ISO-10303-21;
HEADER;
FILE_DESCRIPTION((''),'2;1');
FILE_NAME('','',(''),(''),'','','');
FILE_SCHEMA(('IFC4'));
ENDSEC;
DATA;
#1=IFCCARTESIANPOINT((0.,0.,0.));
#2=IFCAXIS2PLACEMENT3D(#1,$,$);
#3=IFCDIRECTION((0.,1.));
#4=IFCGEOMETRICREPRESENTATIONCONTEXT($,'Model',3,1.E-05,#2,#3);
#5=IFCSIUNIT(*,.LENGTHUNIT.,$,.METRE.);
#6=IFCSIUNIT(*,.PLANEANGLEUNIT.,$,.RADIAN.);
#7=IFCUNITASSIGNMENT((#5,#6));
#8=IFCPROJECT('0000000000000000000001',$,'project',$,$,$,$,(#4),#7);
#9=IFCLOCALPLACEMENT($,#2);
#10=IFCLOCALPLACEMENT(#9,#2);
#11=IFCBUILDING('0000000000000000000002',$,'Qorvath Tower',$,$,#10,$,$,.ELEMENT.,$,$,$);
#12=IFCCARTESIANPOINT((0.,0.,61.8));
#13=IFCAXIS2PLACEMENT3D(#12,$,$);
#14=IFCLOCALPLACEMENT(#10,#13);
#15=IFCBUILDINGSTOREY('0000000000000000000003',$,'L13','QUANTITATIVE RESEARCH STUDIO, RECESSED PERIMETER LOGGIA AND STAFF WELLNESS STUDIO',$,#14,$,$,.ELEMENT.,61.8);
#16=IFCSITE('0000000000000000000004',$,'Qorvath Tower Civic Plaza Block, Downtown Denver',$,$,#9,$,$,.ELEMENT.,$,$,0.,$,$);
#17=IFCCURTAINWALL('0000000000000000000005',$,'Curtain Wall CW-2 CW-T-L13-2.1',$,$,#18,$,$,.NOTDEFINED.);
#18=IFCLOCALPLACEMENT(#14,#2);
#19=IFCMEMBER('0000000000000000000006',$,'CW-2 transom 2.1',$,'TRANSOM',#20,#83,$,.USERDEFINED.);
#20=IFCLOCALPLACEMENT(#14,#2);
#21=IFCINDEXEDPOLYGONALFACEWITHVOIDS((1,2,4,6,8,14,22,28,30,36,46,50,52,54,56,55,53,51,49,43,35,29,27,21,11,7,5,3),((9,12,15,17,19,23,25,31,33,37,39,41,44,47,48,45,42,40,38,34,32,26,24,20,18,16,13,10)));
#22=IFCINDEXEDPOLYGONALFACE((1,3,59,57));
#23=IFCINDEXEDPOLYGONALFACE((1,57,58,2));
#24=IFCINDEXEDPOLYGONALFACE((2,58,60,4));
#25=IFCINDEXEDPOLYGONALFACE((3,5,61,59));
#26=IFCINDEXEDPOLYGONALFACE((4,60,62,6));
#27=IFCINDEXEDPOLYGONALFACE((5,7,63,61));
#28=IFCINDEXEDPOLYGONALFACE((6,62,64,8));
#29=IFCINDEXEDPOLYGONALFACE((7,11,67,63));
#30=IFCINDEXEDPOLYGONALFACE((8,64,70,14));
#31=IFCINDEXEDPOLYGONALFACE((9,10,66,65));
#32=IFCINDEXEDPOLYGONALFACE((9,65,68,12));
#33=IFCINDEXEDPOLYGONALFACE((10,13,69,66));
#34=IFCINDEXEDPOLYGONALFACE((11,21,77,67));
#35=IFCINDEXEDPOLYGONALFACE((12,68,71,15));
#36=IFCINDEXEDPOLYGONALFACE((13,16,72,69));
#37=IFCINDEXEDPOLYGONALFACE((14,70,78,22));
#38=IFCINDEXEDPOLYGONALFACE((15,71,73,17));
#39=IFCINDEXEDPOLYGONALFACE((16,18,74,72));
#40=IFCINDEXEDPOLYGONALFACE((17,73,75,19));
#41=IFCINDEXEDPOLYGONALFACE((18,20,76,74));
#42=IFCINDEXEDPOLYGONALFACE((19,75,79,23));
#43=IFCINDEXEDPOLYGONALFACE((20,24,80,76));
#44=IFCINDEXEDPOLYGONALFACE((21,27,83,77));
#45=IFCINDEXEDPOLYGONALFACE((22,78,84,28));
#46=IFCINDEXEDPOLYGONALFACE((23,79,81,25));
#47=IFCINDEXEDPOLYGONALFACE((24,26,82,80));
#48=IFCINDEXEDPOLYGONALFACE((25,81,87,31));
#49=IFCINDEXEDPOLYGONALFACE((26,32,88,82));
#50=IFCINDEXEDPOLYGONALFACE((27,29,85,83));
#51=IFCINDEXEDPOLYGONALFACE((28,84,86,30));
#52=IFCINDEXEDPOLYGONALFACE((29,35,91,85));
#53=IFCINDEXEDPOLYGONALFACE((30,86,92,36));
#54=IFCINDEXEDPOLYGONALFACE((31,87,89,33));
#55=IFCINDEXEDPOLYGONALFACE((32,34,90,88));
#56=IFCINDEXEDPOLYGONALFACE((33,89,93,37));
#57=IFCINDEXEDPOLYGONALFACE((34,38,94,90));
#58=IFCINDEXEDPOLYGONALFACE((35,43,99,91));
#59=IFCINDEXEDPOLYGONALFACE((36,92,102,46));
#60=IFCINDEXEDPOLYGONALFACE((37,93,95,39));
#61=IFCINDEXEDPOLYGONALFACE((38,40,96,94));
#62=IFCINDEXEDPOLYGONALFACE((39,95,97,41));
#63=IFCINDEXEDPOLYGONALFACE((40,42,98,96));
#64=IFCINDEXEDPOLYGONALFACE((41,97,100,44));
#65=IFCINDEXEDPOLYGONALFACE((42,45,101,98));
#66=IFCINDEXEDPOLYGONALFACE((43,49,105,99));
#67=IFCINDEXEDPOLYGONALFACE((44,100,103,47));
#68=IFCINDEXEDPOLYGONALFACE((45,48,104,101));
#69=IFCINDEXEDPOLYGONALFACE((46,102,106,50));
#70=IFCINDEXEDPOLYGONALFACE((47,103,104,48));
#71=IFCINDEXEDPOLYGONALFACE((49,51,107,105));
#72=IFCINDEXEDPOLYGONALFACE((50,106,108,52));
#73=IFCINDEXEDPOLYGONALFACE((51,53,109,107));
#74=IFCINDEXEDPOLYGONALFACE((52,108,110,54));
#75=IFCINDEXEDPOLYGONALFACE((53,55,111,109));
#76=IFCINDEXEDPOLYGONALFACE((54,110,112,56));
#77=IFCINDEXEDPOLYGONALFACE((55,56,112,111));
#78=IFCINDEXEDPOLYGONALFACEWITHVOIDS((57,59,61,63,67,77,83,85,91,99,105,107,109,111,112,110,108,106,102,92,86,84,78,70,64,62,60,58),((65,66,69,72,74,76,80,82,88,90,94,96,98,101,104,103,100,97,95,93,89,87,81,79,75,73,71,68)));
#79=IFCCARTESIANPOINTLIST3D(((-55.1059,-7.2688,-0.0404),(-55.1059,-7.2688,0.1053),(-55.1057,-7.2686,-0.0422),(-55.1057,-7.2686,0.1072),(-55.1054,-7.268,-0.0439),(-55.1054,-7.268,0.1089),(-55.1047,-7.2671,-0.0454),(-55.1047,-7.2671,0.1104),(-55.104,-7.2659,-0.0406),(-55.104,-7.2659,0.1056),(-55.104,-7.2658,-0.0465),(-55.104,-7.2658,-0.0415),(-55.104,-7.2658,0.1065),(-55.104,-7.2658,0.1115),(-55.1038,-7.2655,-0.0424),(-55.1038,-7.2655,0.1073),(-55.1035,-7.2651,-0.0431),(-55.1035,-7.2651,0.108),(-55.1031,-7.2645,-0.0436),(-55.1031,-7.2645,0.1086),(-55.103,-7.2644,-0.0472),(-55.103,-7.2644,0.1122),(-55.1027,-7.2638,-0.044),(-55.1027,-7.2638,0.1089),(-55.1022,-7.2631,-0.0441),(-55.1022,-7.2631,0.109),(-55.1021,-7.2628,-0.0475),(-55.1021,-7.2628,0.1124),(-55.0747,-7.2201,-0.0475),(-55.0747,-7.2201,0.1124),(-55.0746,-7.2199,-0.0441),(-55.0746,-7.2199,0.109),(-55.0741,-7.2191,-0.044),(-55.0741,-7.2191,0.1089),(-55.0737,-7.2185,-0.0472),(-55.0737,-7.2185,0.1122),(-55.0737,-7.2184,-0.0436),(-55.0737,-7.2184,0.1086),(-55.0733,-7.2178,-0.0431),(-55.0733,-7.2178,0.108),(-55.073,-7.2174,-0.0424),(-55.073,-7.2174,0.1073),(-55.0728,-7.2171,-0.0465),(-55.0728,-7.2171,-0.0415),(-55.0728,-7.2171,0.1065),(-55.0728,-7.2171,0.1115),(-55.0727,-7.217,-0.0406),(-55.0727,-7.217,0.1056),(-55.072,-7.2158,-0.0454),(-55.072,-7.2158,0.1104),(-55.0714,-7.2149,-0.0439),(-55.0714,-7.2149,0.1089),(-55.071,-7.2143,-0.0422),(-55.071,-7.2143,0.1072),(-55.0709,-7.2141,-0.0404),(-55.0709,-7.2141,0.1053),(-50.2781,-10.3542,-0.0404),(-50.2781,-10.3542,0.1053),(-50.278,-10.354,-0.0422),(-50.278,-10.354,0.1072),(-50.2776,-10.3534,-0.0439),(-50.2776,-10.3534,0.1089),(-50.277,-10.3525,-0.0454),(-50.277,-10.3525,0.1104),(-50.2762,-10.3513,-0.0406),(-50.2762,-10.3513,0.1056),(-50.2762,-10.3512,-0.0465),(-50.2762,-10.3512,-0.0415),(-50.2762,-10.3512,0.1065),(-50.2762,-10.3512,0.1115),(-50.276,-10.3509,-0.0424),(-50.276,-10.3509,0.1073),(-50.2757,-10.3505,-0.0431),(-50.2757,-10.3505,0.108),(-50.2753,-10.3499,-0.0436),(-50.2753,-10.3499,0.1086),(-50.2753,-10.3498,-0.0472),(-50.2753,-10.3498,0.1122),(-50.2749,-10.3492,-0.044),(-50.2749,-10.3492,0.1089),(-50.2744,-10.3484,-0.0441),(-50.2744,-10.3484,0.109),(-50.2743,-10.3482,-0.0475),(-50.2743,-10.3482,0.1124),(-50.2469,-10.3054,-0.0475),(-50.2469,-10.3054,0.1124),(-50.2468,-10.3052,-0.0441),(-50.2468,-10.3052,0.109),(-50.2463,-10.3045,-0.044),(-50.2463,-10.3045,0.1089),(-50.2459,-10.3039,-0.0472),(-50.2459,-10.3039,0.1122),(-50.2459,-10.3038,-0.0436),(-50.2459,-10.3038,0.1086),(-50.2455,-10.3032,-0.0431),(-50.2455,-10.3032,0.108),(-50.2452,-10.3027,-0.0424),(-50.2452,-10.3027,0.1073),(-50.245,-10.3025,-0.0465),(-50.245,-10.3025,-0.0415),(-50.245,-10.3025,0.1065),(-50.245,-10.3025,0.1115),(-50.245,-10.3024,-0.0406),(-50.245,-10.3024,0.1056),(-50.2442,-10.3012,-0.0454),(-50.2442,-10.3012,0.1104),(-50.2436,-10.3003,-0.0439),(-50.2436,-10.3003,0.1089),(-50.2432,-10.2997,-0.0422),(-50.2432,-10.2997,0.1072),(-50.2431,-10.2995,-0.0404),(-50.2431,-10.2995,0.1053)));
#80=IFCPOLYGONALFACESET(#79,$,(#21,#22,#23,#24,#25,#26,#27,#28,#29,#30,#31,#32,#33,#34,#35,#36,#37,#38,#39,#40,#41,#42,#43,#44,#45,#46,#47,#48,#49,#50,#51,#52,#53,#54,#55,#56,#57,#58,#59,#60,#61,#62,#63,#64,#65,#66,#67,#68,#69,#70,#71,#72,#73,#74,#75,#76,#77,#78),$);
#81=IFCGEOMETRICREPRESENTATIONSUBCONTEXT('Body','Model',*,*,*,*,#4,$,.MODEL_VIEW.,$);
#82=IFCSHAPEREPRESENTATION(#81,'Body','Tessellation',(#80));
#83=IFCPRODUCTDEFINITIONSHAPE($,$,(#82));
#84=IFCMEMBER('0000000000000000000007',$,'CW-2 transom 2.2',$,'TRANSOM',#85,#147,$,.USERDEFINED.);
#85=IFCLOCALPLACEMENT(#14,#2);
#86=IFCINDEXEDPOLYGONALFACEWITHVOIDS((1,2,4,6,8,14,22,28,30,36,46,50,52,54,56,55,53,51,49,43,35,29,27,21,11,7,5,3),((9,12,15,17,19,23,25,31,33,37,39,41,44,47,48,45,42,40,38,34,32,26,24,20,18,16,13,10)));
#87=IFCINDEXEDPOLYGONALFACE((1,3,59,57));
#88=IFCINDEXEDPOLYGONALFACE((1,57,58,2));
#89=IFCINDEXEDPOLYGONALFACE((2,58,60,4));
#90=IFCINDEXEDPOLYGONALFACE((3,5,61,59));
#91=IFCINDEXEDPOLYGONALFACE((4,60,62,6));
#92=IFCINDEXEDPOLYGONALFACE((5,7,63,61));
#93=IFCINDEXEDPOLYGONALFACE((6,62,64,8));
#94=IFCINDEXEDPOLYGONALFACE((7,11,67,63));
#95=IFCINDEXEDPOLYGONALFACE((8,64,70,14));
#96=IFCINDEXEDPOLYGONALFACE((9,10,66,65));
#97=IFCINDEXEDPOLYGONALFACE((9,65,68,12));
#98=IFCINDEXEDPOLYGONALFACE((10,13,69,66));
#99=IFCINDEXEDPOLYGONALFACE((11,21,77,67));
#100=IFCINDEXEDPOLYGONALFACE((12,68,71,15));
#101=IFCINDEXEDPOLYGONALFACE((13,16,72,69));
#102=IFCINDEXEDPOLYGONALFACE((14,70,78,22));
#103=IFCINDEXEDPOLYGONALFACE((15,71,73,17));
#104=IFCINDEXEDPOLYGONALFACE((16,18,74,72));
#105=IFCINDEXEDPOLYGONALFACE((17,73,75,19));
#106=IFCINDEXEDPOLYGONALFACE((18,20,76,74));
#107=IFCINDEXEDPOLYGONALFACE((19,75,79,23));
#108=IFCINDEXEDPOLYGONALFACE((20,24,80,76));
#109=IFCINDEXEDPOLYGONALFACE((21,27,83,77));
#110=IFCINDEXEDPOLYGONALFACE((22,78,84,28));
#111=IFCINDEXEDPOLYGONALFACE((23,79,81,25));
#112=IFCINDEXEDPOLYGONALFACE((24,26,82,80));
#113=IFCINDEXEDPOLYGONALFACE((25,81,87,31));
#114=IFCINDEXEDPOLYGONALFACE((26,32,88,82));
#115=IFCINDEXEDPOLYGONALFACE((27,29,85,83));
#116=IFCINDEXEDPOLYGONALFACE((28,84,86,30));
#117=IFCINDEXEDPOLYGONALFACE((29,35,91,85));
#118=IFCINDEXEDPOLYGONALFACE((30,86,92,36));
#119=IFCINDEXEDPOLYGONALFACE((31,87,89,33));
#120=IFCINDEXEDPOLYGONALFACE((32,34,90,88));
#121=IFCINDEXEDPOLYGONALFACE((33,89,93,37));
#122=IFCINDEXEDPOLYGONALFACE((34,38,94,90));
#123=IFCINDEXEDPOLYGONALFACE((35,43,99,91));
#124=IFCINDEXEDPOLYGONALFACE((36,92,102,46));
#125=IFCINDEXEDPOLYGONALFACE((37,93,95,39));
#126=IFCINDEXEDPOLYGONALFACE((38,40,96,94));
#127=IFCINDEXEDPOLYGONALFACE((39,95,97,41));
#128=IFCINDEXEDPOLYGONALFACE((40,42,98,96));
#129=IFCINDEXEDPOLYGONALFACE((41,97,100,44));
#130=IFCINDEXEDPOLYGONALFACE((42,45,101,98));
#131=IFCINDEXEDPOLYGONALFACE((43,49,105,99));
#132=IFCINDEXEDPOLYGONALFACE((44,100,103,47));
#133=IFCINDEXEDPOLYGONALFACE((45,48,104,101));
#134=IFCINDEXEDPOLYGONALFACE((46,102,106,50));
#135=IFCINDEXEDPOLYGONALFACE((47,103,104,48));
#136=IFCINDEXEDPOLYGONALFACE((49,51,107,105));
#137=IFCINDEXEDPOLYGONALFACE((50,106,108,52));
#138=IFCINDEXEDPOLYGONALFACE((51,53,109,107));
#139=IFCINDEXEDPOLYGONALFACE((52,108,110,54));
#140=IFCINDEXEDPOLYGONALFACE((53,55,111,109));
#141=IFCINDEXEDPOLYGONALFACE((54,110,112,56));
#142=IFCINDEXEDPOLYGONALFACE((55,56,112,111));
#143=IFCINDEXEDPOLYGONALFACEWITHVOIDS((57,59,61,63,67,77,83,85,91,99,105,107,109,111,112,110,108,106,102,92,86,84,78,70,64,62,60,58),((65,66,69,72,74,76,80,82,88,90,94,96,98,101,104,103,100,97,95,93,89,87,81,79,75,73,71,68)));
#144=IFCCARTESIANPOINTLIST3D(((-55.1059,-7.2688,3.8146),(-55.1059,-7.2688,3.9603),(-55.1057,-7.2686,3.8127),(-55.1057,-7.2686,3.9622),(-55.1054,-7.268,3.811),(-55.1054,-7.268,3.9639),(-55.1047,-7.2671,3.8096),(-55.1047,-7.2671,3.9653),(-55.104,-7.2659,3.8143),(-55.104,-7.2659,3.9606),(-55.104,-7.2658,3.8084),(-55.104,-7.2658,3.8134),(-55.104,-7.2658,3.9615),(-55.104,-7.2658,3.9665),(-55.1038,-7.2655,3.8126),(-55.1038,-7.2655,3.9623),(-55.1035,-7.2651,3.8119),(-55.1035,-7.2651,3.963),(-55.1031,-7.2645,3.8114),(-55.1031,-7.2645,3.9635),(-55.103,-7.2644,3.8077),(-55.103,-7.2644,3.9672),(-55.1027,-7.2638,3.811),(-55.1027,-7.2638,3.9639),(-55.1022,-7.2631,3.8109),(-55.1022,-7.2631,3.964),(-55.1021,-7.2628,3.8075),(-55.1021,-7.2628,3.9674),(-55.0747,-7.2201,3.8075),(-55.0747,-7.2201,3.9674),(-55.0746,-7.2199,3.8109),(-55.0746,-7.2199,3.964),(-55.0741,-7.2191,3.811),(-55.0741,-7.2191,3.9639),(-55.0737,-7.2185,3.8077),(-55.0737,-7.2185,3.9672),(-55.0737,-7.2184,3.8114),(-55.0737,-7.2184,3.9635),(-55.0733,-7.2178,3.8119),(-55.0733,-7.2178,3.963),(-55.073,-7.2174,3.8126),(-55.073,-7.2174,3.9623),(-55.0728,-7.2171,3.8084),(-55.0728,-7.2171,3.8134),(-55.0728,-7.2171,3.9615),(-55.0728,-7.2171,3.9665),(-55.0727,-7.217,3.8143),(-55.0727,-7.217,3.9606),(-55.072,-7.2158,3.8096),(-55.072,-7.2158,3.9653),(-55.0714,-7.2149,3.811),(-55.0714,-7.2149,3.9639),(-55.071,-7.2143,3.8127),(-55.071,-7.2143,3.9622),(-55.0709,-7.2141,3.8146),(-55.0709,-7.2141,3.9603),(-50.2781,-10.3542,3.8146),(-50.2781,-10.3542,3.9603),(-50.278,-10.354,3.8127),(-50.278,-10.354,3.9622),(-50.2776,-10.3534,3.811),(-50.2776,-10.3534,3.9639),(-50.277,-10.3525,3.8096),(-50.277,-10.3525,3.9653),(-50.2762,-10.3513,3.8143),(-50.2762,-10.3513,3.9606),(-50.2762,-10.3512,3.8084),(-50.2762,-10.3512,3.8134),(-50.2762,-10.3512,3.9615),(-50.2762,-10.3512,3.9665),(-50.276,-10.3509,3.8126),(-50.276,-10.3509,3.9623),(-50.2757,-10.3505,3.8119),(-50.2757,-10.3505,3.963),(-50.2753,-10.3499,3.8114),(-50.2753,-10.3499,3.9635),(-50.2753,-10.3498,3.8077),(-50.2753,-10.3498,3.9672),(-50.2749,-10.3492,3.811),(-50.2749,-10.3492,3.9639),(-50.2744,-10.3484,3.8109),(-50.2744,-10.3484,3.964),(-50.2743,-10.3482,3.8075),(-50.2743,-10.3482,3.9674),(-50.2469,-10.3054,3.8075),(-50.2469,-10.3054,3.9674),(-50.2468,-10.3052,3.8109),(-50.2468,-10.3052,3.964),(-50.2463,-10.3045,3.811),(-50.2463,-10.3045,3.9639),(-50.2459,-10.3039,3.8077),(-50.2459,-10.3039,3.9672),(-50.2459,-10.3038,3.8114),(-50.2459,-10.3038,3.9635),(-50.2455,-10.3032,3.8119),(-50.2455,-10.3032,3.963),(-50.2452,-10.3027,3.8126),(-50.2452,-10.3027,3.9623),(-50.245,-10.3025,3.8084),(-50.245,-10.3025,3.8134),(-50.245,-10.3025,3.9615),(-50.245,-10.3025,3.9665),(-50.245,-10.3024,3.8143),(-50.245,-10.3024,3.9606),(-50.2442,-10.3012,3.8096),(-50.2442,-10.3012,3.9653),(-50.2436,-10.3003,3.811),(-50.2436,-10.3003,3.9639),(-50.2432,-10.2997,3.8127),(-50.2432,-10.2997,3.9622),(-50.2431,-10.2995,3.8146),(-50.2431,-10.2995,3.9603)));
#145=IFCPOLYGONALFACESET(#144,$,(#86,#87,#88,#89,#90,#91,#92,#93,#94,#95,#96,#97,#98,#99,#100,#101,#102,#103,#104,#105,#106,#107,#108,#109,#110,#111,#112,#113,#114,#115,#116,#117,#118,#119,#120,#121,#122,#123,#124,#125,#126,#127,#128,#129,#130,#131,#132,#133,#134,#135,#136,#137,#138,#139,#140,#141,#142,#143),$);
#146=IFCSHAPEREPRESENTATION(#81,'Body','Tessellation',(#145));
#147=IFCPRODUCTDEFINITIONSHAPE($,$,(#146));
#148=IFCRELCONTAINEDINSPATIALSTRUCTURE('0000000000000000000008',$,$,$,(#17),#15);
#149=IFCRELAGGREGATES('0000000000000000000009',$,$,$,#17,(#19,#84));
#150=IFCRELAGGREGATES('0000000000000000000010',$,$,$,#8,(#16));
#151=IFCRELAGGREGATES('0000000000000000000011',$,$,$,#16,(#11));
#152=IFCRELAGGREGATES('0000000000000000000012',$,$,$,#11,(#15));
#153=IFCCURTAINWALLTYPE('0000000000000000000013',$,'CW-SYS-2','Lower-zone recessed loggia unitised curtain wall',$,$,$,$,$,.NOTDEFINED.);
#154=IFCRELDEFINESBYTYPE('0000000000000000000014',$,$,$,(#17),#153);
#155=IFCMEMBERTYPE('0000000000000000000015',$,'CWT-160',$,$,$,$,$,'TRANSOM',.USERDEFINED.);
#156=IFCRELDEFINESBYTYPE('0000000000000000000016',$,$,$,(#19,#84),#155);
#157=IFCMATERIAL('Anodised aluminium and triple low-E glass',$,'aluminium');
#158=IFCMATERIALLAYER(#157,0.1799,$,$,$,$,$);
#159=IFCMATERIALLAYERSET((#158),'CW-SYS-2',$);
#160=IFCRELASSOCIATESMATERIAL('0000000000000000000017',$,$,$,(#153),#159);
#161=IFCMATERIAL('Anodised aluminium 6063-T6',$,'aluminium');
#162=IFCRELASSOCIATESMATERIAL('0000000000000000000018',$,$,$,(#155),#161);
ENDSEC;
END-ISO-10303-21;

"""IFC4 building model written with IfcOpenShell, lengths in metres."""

from ifc_helpers import new_model, si_unit, direction, frame, origin, origin_2d, place, context, subcontext, project, spatial, hollow_rectangle, extrude, material, layer, layer_set, material_profile, profile_set, type_object, element, aggregate, save


model = new_model("IFC4")

# Units and contexts
model_context = context("Model", 3, precision=1e-05, world=origin(), true_north=direction((0.0, 1.0)))
body_context = subcontext(model_context, "Body", "Model", "MODEL_VIEW")
ifc_project = project(units=[si_unit("LENGTHUNIT", "METRE"), si_unit("PLANEANGLEUNIT", "RADIAN")], contexts=[model_context])

# Site, building, storey
site_placement = place(None, origin())
site = spatial("IfcSite", under=ifc_project, at=site_placement, Name="Qorvath Tower Civic Plaza Block, Downtown Denver", CompositionType="ELEMENT", RefElevation=0.0)
building_placement = place(site_placement, origin())
building = spatial("IfcBuilding", under=site, at=building_placement, Name="Qorvath Tower", CompositionType="ELEMENT")
storey_placement = place(building_placement, frame((0.0, 0.0, 61.8)))
storey = spatial("IfcBuildingStorey", under=building, at=storey_placement, Name="L13", Description="QUANTITATIVE RESEARCH STUDIO, RECESSED PERIMETER LOGGIA AND STAFF WELLNESS STUDIO", CompositionType="ELEMENT", Elevation=61.8)

# Curtain wall, members
ifc_material_1 = material(Name="Anodised aluminium and triple low-E glass", Category="aluminium")
ifc_layer_1 = layer(ifc_material_1, 0.1799)
ifc_layer_set_1 = layer_set([ifc_layer_1], Name="CW-SYS-2")
curtain_wall_type = type_object("IfcCurtainWallType", Name="CW-SYS-2", Description="Lower-zone recessed loggia unitised curtain wall", PredefinedType="NOTDEFINED", material=ifc_layer_set_1)
curtain_wall_placement = place(storey_placement, origin())
curtain_wall = element("IfcCurtainWall", 1, at=curtain_wall_placement, inside=storey, type_object=curtain_wall_type, Name="Curtain Wall CW-2 CW-T-L13-2.1", PredefinedType="NOTDEFINED")
ifc_material_2 = material(Name="Anodised aluminium 6063-T6", Category="aluminium")
ifc_material_profile_1 = material_profile(ifc_material_2, hollow_rectangle(XDim=0.0649, YDim=0.1599, WallThickness=0.0034, InnerFilletRadius=0.0034, OuterFilletRadius=0.0071, at=origin_2d()), Name="CWT 160x65")
ifc_profile_set_1 = profile_set([ifc_material_profile_1], Name="Anodised aluminium 6063-T6")
member_type_1 = type_object("IfcMemberType", Name="CWT-160", ElementType="TRANSOM", PredefinedType="USERDEFINED", material=ifc_profile_set_1)
member_1_placement = place(storey_placement, frame((-55.0884, -7.2415, 0.0325), z_axis=(0.842619, -0.538509, 0.0), x_axis=(0.538509, 0.842619, 0.0)))
member_1 = element("IfcMember", 2, at=member_1_placement, type_object=member_type_1, Name="CW-2 transom 2.1", ObjectType="TRANSOM", PredefinedType="USERDEFINED", context=body_context, shape_type="SweptSolid", body=[
    extrude(hollow_rectangle(XDim=0.0649, YDim=0.1599, WallThickness=0.0034, InnerFilletRadius=0.0034, OuterFilletRadius=0.0071, at=origin_2d()), origin(), (0.0, 0.0, 1.0), 5.7295),
])
member_2_placement = place(storey_placement, frame((-55.0884, -7.2415, 3.8875), z_axis=(0.842619, -0.538509, 0.0), x_axis=(0.538509, 0.842619, 0.0)))
member_2 = element("IfcMember", 3, at=member_2_placement, type_object=member_type_1, Name="CW-2 transom 2.2", ObjectType="TRANSOM", PredefinedType="USERDEFINED", context=body_context, shape_type="SweptSolid", body=[
    extrude(hollow_rectangle(XDim=0.0649, YDim=0.1599, WallThickness=0.0034, InnerFilletRadius=0.0034, OuterFilletRadius=0.0071, at=origin_2d()), origin(), (0.0, 0.0, 1.0), 5.7295),
])

aggregate(curtain_wall, [member_1, member_2])

save(model, "model.ifc")
